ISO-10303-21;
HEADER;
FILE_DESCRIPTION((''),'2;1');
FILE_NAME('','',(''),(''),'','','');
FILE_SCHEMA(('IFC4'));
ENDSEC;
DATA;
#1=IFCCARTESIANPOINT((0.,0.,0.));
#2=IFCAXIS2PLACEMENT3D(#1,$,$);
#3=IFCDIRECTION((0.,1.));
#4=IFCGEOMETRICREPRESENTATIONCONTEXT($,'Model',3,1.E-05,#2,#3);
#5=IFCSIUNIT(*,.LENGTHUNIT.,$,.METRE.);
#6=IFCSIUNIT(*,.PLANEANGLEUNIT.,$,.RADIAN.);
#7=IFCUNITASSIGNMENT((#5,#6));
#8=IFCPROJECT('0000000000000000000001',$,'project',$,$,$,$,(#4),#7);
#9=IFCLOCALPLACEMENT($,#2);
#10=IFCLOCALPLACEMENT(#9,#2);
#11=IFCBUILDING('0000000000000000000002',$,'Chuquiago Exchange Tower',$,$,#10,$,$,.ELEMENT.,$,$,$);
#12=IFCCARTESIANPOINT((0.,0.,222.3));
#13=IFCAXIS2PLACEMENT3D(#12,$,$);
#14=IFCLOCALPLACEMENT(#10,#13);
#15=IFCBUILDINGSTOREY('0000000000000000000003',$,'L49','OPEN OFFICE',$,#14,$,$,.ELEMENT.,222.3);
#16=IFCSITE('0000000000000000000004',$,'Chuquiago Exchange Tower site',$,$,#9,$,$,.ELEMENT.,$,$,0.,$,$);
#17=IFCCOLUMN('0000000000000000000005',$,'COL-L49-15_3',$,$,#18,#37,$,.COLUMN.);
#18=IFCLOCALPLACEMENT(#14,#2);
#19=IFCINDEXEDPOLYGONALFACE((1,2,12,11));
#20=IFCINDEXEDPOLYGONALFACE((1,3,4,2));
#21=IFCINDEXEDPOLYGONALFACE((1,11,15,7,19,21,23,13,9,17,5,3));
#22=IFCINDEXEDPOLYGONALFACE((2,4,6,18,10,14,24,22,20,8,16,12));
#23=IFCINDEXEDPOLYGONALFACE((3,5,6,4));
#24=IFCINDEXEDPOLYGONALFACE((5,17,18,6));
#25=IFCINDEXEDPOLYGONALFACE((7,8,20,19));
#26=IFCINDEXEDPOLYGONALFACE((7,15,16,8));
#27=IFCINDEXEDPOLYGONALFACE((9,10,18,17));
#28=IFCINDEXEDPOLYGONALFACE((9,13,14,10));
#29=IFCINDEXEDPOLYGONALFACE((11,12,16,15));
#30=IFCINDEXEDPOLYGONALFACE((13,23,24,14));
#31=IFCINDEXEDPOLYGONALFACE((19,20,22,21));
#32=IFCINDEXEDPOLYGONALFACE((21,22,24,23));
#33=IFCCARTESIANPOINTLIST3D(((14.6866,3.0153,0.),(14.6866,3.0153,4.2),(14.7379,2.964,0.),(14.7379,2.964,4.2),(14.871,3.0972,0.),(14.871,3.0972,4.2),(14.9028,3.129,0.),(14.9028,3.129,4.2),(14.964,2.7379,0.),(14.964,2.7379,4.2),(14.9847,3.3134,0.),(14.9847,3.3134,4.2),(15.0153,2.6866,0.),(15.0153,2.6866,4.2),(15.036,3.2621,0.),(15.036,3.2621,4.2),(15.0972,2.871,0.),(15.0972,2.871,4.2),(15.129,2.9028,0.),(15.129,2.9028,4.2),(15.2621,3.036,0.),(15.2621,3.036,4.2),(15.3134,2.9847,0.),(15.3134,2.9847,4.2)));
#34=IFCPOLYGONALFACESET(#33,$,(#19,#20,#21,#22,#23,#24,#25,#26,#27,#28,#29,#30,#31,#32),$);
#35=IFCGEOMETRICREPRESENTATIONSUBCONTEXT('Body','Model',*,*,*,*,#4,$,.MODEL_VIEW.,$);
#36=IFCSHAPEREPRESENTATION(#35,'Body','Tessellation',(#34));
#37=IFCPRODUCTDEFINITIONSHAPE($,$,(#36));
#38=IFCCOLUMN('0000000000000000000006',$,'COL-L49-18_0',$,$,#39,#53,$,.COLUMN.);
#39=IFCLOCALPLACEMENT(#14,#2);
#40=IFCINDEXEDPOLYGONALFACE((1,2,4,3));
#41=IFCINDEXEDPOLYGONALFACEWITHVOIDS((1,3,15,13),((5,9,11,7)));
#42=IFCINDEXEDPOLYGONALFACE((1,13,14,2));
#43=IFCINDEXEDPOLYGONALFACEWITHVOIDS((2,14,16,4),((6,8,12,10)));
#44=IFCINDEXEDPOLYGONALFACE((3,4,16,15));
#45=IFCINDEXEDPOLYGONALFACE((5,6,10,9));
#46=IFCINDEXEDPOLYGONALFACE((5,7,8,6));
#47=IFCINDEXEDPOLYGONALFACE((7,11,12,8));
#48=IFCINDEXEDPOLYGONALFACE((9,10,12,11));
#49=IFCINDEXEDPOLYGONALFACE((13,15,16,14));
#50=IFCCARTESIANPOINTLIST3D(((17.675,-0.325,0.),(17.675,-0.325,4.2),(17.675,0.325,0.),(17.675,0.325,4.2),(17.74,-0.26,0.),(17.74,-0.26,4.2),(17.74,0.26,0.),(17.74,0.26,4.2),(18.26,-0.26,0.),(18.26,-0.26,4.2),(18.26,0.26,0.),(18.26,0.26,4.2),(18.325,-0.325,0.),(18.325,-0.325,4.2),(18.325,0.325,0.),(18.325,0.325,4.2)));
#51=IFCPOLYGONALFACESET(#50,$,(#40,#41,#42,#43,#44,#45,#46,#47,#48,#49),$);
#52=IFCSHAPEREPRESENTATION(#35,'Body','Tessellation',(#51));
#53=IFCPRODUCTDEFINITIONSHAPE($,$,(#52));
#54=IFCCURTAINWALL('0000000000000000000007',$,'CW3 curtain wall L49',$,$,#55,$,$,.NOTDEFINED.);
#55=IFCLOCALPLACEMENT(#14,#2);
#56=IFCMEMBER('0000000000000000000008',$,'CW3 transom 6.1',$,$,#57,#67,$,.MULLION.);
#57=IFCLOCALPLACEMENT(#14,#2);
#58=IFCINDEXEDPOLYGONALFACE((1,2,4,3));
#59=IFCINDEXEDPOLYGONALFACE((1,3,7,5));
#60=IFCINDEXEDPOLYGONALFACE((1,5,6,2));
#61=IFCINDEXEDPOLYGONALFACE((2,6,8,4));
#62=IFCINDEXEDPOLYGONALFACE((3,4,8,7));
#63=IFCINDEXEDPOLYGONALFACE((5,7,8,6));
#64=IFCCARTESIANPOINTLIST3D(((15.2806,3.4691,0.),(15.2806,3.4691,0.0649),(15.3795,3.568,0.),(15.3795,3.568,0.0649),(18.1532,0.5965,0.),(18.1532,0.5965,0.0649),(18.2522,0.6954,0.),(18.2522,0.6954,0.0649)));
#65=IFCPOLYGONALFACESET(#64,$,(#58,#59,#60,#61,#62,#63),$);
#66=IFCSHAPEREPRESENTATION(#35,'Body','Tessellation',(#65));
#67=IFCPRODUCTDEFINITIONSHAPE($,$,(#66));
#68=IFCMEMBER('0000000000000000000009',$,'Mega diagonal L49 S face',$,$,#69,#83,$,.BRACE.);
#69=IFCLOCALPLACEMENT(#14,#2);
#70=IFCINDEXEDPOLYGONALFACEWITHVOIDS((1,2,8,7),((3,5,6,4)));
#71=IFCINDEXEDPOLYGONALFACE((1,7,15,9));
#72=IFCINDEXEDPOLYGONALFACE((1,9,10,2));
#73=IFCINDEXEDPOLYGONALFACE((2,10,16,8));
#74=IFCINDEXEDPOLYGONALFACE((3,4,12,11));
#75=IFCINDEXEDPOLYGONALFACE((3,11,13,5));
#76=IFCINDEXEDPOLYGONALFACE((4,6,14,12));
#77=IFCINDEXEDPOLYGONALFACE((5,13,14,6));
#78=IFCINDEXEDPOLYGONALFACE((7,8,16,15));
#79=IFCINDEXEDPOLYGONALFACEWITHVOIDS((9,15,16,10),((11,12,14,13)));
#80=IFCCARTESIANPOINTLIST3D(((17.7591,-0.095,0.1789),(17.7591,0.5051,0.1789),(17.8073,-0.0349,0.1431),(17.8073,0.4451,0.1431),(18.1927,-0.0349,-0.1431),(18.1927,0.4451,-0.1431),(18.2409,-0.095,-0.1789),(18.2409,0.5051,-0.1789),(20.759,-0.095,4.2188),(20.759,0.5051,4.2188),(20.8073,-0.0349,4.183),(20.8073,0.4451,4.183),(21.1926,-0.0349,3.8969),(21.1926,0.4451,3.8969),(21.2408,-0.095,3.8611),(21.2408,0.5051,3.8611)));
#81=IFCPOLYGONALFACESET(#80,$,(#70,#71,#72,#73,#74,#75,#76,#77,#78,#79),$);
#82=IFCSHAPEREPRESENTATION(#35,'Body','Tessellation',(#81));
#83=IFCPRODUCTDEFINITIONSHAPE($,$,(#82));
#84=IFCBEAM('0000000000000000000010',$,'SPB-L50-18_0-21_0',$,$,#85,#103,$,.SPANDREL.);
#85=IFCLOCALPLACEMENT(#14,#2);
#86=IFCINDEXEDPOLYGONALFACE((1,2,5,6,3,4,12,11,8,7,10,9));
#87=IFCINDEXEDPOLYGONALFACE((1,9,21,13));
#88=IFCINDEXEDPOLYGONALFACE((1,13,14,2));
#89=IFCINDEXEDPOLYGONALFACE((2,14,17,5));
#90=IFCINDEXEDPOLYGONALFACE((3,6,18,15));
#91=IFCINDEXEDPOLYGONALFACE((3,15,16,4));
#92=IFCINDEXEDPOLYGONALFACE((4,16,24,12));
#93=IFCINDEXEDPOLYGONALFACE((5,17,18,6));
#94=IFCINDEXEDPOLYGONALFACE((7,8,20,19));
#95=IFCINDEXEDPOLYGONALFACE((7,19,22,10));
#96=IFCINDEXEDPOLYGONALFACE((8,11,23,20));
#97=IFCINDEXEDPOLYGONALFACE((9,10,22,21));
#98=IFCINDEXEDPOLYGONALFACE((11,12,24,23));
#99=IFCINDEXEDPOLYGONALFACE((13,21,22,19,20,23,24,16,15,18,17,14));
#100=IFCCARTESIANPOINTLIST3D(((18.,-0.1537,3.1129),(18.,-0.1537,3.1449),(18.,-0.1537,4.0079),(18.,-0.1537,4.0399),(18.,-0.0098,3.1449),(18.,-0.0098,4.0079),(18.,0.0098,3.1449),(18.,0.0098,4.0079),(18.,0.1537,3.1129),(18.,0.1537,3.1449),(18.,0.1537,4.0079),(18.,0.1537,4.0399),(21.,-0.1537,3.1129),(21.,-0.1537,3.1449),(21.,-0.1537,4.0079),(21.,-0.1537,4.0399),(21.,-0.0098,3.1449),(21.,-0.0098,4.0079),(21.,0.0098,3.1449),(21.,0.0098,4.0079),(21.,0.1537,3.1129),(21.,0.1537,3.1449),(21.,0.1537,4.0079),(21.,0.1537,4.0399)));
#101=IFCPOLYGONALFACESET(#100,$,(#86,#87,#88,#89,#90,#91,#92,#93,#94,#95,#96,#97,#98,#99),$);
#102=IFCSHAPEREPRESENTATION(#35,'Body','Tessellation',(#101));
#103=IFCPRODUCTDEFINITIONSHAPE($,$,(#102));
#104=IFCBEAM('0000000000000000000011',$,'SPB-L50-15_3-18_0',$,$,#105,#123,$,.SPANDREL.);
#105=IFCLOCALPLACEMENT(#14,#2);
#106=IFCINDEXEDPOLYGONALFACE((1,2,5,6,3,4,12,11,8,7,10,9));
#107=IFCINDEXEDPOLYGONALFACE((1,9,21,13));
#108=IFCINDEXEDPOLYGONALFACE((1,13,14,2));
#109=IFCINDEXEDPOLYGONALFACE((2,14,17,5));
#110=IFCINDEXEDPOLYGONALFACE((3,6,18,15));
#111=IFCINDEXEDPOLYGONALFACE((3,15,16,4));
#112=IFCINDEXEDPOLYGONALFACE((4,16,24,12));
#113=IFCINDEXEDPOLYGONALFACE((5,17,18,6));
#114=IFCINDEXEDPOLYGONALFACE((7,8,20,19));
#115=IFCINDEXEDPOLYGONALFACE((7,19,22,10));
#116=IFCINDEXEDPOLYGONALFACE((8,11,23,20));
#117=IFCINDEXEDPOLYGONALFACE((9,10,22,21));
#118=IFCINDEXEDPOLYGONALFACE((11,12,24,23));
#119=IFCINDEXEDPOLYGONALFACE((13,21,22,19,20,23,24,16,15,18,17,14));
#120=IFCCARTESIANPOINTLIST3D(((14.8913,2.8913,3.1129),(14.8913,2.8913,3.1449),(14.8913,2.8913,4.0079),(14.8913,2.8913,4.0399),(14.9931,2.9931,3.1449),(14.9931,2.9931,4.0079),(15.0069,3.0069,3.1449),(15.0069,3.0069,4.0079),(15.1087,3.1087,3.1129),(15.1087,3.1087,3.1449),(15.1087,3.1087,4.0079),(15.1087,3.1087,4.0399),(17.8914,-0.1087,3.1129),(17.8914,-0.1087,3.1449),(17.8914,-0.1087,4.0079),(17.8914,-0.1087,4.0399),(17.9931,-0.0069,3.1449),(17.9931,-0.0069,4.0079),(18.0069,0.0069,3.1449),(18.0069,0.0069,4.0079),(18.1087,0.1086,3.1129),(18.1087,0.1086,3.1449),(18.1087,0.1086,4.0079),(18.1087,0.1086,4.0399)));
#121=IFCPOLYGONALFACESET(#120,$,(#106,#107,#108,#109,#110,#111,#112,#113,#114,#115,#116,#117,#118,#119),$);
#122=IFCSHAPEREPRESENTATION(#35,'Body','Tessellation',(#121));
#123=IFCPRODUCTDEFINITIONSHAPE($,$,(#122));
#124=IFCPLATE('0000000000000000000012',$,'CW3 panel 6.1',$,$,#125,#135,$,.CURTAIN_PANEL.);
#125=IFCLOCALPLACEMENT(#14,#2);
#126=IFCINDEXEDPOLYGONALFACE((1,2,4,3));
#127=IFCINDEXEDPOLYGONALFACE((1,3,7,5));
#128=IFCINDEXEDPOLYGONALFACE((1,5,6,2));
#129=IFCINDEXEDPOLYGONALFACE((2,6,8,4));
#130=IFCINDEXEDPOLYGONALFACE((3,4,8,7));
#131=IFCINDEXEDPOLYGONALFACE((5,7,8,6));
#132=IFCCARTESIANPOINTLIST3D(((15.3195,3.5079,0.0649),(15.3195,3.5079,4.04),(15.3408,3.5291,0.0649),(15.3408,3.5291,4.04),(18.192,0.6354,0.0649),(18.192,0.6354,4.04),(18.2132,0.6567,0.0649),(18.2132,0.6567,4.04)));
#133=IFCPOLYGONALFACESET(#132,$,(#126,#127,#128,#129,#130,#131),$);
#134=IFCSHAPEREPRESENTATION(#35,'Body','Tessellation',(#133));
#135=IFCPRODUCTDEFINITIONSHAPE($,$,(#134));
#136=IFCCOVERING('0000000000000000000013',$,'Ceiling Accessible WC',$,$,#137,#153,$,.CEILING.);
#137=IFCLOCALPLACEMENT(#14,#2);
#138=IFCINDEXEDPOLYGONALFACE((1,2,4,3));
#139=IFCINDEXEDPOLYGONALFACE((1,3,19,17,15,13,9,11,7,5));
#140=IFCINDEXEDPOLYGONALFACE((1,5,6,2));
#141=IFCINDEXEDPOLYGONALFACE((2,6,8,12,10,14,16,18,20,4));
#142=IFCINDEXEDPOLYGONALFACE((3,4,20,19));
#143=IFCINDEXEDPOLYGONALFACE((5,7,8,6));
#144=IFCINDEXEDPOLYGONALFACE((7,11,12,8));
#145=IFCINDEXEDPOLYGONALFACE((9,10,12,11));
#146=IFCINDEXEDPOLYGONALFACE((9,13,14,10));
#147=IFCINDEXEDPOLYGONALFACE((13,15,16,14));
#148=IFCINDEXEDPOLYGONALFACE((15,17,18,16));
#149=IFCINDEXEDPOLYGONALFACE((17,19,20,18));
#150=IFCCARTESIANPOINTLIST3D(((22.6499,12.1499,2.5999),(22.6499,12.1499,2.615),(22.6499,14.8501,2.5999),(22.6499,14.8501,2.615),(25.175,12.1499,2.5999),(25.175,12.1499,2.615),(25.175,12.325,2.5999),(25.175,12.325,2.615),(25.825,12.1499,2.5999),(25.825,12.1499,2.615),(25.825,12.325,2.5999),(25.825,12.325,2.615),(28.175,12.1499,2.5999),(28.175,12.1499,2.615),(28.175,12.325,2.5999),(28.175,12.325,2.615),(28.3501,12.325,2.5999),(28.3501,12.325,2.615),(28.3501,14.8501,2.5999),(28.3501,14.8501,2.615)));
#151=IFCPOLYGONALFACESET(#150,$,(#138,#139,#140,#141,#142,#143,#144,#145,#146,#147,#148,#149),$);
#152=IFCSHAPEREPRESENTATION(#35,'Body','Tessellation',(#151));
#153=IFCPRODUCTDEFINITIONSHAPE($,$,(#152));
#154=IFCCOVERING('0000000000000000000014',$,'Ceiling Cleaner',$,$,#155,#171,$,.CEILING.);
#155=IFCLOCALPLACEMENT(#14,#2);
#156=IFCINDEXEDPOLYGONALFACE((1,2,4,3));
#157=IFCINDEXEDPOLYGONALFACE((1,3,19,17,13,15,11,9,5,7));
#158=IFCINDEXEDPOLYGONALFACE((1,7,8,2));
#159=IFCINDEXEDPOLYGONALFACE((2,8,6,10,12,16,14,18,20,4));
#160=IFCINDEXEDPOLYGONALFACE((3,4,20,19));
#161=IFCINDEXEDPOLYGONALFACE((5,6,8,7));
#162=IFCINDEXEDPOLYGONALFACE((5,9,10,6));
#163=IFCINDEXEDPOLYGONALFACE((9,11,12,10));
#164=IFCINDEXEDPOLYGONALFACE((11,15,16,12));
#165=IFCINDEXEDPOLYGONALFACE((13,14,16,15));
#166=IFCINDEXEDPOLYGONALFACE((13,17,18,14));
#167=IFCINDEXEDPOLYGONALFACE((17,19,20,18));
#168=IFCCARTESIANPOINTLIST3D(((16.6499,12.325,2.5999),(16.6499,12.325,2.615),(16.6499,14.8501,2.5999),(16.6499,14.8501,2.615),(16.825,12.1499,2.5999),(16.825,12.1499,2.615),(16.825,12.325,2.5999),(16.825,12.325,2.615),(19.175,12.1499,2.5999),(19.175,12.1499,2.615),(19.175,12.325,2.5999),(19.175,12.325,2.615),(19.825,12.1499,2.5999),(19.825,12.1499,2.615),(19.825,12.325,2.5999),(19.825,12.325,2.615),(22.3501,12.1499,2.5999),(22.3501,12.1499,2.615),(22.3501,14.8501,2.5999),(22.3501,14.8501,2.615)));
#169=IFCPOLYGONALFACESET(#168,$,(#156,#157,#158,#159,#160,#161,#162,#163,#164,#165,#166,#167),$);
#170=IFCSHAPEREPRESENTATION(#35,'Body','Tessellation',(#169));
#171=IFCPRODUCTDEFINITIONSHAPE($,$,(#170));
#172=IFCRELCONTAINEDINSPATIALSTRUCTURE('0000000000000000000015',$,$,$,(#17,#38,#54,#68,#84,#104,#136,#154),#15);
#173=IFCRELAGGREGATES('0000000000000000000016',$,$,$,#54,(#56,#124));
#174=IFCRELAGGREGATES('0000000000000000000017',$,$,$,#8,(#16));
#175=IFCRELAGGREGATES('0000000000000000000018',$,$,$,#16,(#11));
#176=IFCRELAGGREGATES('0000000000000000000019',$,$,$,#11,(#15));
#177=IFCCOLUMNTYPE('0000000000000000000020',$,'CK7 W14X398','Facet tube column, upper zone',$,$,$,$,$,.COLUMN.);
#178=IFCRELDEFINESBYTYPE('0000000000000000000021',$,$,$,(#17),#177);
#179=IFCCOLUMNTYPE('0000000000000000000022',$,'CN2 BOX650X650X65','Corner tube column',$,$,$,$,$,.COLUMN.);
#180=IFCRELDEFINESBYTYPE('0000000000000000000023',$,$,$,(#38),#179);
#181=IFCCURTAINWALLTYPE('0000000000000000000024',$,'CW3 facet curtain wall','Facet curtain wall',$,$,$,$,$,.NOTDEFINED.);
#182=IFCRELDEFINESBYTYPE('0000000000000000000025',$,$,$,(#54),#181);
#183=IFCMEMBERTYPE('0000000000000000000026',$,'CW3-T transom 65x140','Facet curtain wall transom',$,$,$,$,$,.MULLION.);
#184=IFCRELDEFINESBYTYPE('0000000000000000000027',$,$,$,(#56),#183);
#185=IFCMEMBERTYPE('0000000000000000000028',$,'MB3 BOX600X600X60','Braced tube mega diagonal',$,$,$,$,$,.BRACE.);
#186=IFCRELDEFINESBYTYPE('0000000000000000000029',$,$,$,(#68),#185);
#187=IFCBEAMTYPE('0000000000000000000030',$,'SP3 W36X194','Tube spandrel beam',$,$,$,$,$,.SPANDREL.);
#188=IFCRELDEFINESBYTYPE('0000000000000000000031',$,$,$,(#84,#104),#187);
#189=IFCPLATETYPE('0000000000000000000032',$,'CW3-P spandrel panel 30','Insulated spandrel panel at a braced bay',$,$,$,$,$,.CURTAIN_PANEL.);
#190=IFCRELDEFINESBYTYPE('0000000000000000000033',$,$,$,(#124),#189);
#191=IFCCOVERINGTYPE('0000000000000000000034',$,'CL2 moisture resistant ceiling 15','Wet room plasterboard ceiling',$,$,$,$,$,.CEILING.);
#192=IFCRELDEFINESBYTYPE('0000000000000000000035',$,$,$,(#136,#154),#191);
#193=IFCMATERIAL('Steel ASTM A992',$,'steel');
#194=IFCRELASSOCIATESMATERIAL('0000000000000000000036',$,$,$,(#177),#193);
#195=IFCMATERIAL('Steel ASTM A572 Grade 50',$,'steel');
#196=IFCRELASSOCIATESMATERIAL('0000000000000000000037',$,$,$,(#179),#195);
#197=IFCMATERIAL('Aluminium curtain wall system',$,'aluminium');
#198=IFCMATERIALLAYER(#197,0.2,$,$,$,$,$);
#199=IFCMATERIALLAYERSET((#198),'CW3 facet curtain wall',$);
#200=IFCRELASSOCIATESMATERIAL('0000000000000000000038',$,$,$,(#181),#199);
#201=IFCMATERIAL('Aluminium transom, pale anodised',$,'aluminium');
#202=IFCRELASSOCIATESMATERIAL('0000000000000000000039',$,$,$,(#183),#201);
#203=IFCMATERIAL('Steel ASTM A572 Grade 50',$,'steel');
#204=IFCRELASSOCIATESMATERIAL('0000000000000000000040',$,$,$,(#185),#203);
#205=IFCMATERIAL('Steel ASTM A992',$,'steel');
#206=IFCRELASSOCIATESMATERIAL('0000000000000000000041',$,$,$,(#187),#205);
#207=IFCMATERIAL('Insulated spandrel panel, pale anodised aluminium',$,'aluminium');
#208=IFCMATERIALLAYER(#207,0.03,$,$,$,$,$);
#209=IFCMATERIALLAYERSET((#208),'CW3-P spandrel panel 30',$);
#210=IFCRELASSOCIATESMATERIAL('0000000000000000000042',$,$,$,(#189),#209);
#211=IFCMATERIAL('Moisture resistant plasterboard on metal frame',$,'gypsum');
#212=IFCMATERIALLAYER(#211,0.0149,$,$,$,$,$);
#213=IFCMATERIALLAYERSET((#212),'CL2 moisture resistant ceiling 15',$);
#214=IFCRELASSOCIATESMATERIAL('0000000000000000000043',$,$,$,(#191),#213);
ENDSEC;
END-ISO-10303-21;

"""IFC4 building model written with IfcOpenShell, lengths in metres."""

from ifc_helpers import new_model, si_unit, direction, frame, origin, origin_2d, place, context, subcontext, project, spatial, polyline, rectangle, hollow_rectangle, i_section, outline, extrude, material, layer, layer_set, material_profile, profile_set, type_object, element, aggregate, save


model = new_model("IFC4")

# Units and contexts
model_context = context("Model", 3, precision=1e-05, world=origin(), true_north=direction((0.0, 1.0)))
body_context = subcontext(model_context, "Body", "Model", "MODEL_VIEW")
ifc_project = project(units=[si_unit("LENGTHUNIT", "METRE"), si_unit("PLANEANGLEUNIT", "RADIAN")], contexts=[model_context])

# Site, building, storey
site_placement = place(None, origin())
site = spatial("IfcSite", under=ifc_project, at=site_placement, Name="Chuquiago Exchange Tower site", CompositionType="ELEMENT", RefElevation=0.0)
building_placement = place(site_placement, origin())
building = spatial("IfcBuilding", under=site, at=building_placement, Name="Chuquiago Exchange Tower", CompositionType="ELEMENT")
storey_placement = place(building_placement, frame((0.0, 0.0, 222.3)))
storey = spatial("IfcBuildingStorey", under=building, at=storey_placement, Name="L49", Description="OPEN OFFICE", CompositionType="ELEMENT", Elevation=222.3)

# Columns
ifc_material_1 = material(Name="Steel ASTM A992", Category="steel")
ifc_material_profile_1 = material_profile(ifc_material_1, i_section(OverallWidth=0.4216, OverallDepth=0.4648, WebThickness=0.0449, FlangeThickness=0.0725, at=origin_2d()), Name="W14X398")
ifc_profile_set_1 = profile_set([ifc_material_profile_1], Name="Steel ASTM A992")
column_type_1 = type_object("IfcColumnType", Name="CK7 W14X398", Description="Facet tube column, upper zone", PredefinedType="COLUMN", material=ifc_profile_set_1)
column_1_placement = place(storey_placement, frame((15.0, 3.0, 0.0), z_axis=(0.0, 0.0, 1.0), x_axis=(-0.707107, -0.707107, 0.0)))
element("IfcColumn", 1, at=column_1_placement, inside=storey, type_object=column_type_1, Name="COL-L49-15_3", PredefinedType="COLUMN", context=body_context, shape_type="SweptSolid", body=[
    extrude(i_section(OverallWidth=0.4216, OverallDepth=0.4648, WebThickness=0.0449, FlangeThickness=0.0725, at=origin_2d()), origin(), (0.0, 0.0, 1.0), 4.2),
])
ifc_material_2 = material(Name="Steel ASTM A572 Grade 50", Category="steel")
ifc_material_profile_2 = material_profile(ifc_material_2, hollow_rectangle(XDim=0.6499, YDim=0.6499, WallThickness=0.0649, at=origin_2d()), Name="BOX650X650X65")
ifc_profile_set_2 = profile_set([ifc_material_profile_2], Name="Steel ASTM A572 Grade 50")
column_type_2 = type_object("IfcColumnType", Name="CN2 BOX650X650X65", Description="Corner tube column", PredefinedType="COLUMN", material=ifc_profile_set_2)
column_2_placement = place(storey_placement, frame((18.0, 0.0, 0.0), z_axis=(0.0, 0.0, 1.0), x_axis=(0.0, -1.0, 0.0)))
element("IfcColumn", 2, at=column_2_placement, inside=storey, type_object=column_type_2, Name="COL-L49-18_0", PredefinedType="COLUMN", context=body_context, shape_type="SweptSolid", body=[
    extrude(hollow_rectangle(XDim=0.6499, YDim=0.6499, WallThickness=0.0649, at=origin_2d()), origin(), (0.0, 0.0, 1.0), 4.2),
])

# Curtain wall, member
ifc_material_3 = material(Name="Aluminium curtain wall system", Category="aluminium")
ifc_layer_1 = layer(ifc_material_3, 0.2)
ifc_layer_set_1 = layer_set([ifc_layer_1], Name="CW3 facet curtain wall")
curtain_wall_type = type_object("IfcCurtainWallType", Name="CW3 facet curtain wall", Description="Facet curtain wall", PredefinedType="NOTDEFINED", material=ifc_layer_set_1)
curtain_wall_placement = place(storey_placement, origin())
curtain_wall = element("IfcCurtainWall", 3, at=curtain_wall_placement, inside=storey, type_object=curtain_wall_type, Name="CW3 curtain wall L49", PredefinedType="NOTDEFINED")
ifc_material_4 = material(Name="Aluminium transom, pale anodised", Category="aluminium")
ifc_material_profile_3 = material_profile(ifc_material_4, rectangle(XDim=0.1399, YDim=0.0649, at=origin_2d()), Name="AL 140x65")
ifc_profile_set_3 = profile_set([ifc_material_profile_3], Name="Aluminium transom, pale anodised")
member_type_1 = type_object("IfcMemberType", Name="CW3-T transom 65x140", Description="Facet curtain wall transom", PredefinedType="MULLION", material=ifc_profile_set_3)
member_1_placement = place(storey_placement, frame((15.3301, 3.5186, 0.0325), z_axis=(0.707107, -0.707107, 0.0), x_axis=(0.707107, 0.707107, 0.0)))
member_1 = element("IfcMember", 4, at=member_1_placement, type_object=member_type_1, Name="CW3 transom 6.1", PredefinedType="MULLION", context=body_context, shape_type="SweptSolid", body=[
    extrude(rectangle(XDim=0.1399, YDim=0.0649, at=origin_2d()), origin(), (0.0, 0.0, 1.0), 4.0625),
])

# Member
ifc_material_5 = material(Name="Steel ASTM A572 Grade 50", Category="steel")
ifc_material_profile_4 = material_profile(ifc_material_5, hollow_rectangle(XDim=0.6001, YDim=0.6001, WallThickness=0.0601, at=origin_2d()), Name="BOX600X600X60")
ifc_profile_set_4 = profile_set([ifc_material_profile_4], Name="Steel ASTM A572 Grade 50")
member_type_2 = type_object("IfcMemberType", Name="MB3 BOX600X600X60", Description="Braced tube mega diagonal", PredefinedType="BRACE", material=ifc_profile_set_4)
member_2_placement = place(storey_placement, frame((18.0, 0.2051, 0.0), z_axis=(0.596174, 0.0, 0.802855), x_axis=(0.0, 1.0, 0.0)))
element("IfcMember", 5, at=member_2_placement, inside=storey, type_object=member_type_2, Name="Mega diagonal L49 S face", PredefinedType="BRACE", context=body_context, shape_type="SweptSolid", body=[
    extrude(hollow_rectangle(XDim=0.6001, YDim=0.6001, WallThickness=0.0601, at=origin_2d()), origin(), (0.0, 0.0, 1.0), 5.032),
])

# Beams
ifc_material_6 = material(Name="Steel ASTM A992", Category="steel")
ifc_material_profile_5 = material_profile(ifc_material_6, i_section(OverallWidth=0.3074, OverallDepth=0.927, WebThickness=0.0195, FlangeThickness=0.032, at=origin_2d()), Name="W36X194")
ifc_profile_set_5 = profile_set([ifc_material_profile_5], Name="Steel ASTM A992")
beam_type = type_object("IfcBeamType", Name="SP3 W36X194", Description="Tube spandrel beam", PredefinedType="SPANDREL", material=ifc_profile_set_5)
beam_1_placement = place(storey_placement, frame((18.0, 0.0, 3.5764), z_axis=(1.0, 0.0, 0.0), x_axis=(0.0, 1.0, 0.0)))
element("IfcBeam", 6, at=beam_1_placement, inside=storey, type_object=beam_type, Name="SPB-L50-18_0-21_0", PredefinedType="SPANDREL", context=body_context, shape_type="SweptSolid", body=[
    extrude(i_section(OverallWidth=0.3074, OverallDepth=0.927, WebThickness=0.0195, FlangeThickness=0.032, at=origin_2d()), origin(), (0.0, 0.0, 1.0), 3.0),
])
beam_2_placement = place(storey_placement, frame((15.0, 3.0, 3.5764), z_axis=(0.707107, -0.707107, 0.0), x_axis=(0.707107, 0.707107, 0.0)))
element("IfcBeam", 7, at=beam_2_placement, inside=storey, type_object=beam_type, Name="SPB-L50-15_3-18_0", PredefinedType="SPANDREL", context=body_context, shape_type="SweptSolid", body=[
    extrude(i_section(OverallWidth=0.3074, OverallDepth=0.927, WebThickness=0.0195, FlangeThickness=0.032, at=origin_2d()), origin(), (0.0, 0.0, 1.0), 4.2427),
])

# Plate
ifc_material_7 = material(Name="Insulated spandrel panel, pale anodised aluminium", Category="aluminium")
ifc_layer_2 = layer(ifc_material_7, 0.03)
ifc_layer_set_2 = layer_set([ifc_layer_2], Name="CW3-P spandrel panel 30")
plate_type = type_object("IfcPlateType", Name="CW3-P spandrel panel 30", Description="Insulated spandrel panel at a braced bay", PredefinedType="CURTAIN_PANEL", material=ifc_layer_set_2)
plate_placement = place(storey_placement, frame((16.7664, 2.0823, 0.0649), z_axis=(0.0, 0.0, 1.0), x_axis=(0.707107, -0.707107, 0.0)))
plate = element("IfcPlate", 8, at=plate_placement, type_object=plate_type, Name="CW3 panel 6.1", PredefinedType="CURTAIN_PANEL", context=body_context, shape_type="SweptSolid", body=[
    extrude(rectangle(XDim=4.0623, YDim=0.03, at=origin_2d()), origin(), (0.0, 0.0, 1.0), 3.9751),
])
aggregate(curtain_wall, [member_1, plate])

# Coverings
ifc_material_8 = material(Name="Moisture resistant plasterboard on metal frame", Category="gypsum")
ifc_layer_3 = layer(ifc_material_8, 0.0149)
ifc_layer_set_3 = layer_set([ifc_layer_3], Name="CL2 moisture resistant ceiling 15")
covering_type_1 = type_object("IfcCoveringType", Name="CL2 moisture resistant ceiling 15", Description="Wet room plasterboard ceiling", PredefinedType="CEILING", material=ifc_layer_set_3)
covering_1_placement = place(storey_placement, frame((0.0, 0.0, 2.5999)))
element("IfcCovering", 9, at=covering_1_placement, inside=storey, type_object=covering_type_1, Name="Ceiling Accessible WC", PredefinedType="CEILING", context=body_context, shape_type="SweptSolid", body=[
    extrude(outline(polyline([(25.825, 12.1499), (25.825, 12.325), (25.175, 12.325), (25.175, 12.1499), (22.6499, 12.1499), (22.6499, 14.8501), (28.3501, 14.8501), (28.3501, 12.325), (28.175, 12.325), (28.175, 12.1499), (25.825, 12.1499)])), origin(), (0.0, 0.0, 1.0), 0.0151),
])
covering_2_placement = place(storey_placement, frame((0.0, 0.0, 2.5999)))
element("IfcCovering", 10, at=covering_2_placement, inside=storey, type_object=covering_type_1, Name="Ceiling Cleaner", PredefinedType="CEILING", context=body_context, shape_type="SweptSolid", body=[
    extrude(outline(polyline([(19.825, 12.1499), (19.825, 12.325), (19.175, 12.325), (19.175, 12.1499), (16.825, 12.1499), (16.825, 12.325), (16.6499, 12.325), (16.6499, 14.8501), (22.3501, 14.8501), (22.3501, 12.1499), (19.825, 12.1499)])), origin(), (0.0, 0.0, 1.0), 0.0151),
])

save(model, "model.ifc")
